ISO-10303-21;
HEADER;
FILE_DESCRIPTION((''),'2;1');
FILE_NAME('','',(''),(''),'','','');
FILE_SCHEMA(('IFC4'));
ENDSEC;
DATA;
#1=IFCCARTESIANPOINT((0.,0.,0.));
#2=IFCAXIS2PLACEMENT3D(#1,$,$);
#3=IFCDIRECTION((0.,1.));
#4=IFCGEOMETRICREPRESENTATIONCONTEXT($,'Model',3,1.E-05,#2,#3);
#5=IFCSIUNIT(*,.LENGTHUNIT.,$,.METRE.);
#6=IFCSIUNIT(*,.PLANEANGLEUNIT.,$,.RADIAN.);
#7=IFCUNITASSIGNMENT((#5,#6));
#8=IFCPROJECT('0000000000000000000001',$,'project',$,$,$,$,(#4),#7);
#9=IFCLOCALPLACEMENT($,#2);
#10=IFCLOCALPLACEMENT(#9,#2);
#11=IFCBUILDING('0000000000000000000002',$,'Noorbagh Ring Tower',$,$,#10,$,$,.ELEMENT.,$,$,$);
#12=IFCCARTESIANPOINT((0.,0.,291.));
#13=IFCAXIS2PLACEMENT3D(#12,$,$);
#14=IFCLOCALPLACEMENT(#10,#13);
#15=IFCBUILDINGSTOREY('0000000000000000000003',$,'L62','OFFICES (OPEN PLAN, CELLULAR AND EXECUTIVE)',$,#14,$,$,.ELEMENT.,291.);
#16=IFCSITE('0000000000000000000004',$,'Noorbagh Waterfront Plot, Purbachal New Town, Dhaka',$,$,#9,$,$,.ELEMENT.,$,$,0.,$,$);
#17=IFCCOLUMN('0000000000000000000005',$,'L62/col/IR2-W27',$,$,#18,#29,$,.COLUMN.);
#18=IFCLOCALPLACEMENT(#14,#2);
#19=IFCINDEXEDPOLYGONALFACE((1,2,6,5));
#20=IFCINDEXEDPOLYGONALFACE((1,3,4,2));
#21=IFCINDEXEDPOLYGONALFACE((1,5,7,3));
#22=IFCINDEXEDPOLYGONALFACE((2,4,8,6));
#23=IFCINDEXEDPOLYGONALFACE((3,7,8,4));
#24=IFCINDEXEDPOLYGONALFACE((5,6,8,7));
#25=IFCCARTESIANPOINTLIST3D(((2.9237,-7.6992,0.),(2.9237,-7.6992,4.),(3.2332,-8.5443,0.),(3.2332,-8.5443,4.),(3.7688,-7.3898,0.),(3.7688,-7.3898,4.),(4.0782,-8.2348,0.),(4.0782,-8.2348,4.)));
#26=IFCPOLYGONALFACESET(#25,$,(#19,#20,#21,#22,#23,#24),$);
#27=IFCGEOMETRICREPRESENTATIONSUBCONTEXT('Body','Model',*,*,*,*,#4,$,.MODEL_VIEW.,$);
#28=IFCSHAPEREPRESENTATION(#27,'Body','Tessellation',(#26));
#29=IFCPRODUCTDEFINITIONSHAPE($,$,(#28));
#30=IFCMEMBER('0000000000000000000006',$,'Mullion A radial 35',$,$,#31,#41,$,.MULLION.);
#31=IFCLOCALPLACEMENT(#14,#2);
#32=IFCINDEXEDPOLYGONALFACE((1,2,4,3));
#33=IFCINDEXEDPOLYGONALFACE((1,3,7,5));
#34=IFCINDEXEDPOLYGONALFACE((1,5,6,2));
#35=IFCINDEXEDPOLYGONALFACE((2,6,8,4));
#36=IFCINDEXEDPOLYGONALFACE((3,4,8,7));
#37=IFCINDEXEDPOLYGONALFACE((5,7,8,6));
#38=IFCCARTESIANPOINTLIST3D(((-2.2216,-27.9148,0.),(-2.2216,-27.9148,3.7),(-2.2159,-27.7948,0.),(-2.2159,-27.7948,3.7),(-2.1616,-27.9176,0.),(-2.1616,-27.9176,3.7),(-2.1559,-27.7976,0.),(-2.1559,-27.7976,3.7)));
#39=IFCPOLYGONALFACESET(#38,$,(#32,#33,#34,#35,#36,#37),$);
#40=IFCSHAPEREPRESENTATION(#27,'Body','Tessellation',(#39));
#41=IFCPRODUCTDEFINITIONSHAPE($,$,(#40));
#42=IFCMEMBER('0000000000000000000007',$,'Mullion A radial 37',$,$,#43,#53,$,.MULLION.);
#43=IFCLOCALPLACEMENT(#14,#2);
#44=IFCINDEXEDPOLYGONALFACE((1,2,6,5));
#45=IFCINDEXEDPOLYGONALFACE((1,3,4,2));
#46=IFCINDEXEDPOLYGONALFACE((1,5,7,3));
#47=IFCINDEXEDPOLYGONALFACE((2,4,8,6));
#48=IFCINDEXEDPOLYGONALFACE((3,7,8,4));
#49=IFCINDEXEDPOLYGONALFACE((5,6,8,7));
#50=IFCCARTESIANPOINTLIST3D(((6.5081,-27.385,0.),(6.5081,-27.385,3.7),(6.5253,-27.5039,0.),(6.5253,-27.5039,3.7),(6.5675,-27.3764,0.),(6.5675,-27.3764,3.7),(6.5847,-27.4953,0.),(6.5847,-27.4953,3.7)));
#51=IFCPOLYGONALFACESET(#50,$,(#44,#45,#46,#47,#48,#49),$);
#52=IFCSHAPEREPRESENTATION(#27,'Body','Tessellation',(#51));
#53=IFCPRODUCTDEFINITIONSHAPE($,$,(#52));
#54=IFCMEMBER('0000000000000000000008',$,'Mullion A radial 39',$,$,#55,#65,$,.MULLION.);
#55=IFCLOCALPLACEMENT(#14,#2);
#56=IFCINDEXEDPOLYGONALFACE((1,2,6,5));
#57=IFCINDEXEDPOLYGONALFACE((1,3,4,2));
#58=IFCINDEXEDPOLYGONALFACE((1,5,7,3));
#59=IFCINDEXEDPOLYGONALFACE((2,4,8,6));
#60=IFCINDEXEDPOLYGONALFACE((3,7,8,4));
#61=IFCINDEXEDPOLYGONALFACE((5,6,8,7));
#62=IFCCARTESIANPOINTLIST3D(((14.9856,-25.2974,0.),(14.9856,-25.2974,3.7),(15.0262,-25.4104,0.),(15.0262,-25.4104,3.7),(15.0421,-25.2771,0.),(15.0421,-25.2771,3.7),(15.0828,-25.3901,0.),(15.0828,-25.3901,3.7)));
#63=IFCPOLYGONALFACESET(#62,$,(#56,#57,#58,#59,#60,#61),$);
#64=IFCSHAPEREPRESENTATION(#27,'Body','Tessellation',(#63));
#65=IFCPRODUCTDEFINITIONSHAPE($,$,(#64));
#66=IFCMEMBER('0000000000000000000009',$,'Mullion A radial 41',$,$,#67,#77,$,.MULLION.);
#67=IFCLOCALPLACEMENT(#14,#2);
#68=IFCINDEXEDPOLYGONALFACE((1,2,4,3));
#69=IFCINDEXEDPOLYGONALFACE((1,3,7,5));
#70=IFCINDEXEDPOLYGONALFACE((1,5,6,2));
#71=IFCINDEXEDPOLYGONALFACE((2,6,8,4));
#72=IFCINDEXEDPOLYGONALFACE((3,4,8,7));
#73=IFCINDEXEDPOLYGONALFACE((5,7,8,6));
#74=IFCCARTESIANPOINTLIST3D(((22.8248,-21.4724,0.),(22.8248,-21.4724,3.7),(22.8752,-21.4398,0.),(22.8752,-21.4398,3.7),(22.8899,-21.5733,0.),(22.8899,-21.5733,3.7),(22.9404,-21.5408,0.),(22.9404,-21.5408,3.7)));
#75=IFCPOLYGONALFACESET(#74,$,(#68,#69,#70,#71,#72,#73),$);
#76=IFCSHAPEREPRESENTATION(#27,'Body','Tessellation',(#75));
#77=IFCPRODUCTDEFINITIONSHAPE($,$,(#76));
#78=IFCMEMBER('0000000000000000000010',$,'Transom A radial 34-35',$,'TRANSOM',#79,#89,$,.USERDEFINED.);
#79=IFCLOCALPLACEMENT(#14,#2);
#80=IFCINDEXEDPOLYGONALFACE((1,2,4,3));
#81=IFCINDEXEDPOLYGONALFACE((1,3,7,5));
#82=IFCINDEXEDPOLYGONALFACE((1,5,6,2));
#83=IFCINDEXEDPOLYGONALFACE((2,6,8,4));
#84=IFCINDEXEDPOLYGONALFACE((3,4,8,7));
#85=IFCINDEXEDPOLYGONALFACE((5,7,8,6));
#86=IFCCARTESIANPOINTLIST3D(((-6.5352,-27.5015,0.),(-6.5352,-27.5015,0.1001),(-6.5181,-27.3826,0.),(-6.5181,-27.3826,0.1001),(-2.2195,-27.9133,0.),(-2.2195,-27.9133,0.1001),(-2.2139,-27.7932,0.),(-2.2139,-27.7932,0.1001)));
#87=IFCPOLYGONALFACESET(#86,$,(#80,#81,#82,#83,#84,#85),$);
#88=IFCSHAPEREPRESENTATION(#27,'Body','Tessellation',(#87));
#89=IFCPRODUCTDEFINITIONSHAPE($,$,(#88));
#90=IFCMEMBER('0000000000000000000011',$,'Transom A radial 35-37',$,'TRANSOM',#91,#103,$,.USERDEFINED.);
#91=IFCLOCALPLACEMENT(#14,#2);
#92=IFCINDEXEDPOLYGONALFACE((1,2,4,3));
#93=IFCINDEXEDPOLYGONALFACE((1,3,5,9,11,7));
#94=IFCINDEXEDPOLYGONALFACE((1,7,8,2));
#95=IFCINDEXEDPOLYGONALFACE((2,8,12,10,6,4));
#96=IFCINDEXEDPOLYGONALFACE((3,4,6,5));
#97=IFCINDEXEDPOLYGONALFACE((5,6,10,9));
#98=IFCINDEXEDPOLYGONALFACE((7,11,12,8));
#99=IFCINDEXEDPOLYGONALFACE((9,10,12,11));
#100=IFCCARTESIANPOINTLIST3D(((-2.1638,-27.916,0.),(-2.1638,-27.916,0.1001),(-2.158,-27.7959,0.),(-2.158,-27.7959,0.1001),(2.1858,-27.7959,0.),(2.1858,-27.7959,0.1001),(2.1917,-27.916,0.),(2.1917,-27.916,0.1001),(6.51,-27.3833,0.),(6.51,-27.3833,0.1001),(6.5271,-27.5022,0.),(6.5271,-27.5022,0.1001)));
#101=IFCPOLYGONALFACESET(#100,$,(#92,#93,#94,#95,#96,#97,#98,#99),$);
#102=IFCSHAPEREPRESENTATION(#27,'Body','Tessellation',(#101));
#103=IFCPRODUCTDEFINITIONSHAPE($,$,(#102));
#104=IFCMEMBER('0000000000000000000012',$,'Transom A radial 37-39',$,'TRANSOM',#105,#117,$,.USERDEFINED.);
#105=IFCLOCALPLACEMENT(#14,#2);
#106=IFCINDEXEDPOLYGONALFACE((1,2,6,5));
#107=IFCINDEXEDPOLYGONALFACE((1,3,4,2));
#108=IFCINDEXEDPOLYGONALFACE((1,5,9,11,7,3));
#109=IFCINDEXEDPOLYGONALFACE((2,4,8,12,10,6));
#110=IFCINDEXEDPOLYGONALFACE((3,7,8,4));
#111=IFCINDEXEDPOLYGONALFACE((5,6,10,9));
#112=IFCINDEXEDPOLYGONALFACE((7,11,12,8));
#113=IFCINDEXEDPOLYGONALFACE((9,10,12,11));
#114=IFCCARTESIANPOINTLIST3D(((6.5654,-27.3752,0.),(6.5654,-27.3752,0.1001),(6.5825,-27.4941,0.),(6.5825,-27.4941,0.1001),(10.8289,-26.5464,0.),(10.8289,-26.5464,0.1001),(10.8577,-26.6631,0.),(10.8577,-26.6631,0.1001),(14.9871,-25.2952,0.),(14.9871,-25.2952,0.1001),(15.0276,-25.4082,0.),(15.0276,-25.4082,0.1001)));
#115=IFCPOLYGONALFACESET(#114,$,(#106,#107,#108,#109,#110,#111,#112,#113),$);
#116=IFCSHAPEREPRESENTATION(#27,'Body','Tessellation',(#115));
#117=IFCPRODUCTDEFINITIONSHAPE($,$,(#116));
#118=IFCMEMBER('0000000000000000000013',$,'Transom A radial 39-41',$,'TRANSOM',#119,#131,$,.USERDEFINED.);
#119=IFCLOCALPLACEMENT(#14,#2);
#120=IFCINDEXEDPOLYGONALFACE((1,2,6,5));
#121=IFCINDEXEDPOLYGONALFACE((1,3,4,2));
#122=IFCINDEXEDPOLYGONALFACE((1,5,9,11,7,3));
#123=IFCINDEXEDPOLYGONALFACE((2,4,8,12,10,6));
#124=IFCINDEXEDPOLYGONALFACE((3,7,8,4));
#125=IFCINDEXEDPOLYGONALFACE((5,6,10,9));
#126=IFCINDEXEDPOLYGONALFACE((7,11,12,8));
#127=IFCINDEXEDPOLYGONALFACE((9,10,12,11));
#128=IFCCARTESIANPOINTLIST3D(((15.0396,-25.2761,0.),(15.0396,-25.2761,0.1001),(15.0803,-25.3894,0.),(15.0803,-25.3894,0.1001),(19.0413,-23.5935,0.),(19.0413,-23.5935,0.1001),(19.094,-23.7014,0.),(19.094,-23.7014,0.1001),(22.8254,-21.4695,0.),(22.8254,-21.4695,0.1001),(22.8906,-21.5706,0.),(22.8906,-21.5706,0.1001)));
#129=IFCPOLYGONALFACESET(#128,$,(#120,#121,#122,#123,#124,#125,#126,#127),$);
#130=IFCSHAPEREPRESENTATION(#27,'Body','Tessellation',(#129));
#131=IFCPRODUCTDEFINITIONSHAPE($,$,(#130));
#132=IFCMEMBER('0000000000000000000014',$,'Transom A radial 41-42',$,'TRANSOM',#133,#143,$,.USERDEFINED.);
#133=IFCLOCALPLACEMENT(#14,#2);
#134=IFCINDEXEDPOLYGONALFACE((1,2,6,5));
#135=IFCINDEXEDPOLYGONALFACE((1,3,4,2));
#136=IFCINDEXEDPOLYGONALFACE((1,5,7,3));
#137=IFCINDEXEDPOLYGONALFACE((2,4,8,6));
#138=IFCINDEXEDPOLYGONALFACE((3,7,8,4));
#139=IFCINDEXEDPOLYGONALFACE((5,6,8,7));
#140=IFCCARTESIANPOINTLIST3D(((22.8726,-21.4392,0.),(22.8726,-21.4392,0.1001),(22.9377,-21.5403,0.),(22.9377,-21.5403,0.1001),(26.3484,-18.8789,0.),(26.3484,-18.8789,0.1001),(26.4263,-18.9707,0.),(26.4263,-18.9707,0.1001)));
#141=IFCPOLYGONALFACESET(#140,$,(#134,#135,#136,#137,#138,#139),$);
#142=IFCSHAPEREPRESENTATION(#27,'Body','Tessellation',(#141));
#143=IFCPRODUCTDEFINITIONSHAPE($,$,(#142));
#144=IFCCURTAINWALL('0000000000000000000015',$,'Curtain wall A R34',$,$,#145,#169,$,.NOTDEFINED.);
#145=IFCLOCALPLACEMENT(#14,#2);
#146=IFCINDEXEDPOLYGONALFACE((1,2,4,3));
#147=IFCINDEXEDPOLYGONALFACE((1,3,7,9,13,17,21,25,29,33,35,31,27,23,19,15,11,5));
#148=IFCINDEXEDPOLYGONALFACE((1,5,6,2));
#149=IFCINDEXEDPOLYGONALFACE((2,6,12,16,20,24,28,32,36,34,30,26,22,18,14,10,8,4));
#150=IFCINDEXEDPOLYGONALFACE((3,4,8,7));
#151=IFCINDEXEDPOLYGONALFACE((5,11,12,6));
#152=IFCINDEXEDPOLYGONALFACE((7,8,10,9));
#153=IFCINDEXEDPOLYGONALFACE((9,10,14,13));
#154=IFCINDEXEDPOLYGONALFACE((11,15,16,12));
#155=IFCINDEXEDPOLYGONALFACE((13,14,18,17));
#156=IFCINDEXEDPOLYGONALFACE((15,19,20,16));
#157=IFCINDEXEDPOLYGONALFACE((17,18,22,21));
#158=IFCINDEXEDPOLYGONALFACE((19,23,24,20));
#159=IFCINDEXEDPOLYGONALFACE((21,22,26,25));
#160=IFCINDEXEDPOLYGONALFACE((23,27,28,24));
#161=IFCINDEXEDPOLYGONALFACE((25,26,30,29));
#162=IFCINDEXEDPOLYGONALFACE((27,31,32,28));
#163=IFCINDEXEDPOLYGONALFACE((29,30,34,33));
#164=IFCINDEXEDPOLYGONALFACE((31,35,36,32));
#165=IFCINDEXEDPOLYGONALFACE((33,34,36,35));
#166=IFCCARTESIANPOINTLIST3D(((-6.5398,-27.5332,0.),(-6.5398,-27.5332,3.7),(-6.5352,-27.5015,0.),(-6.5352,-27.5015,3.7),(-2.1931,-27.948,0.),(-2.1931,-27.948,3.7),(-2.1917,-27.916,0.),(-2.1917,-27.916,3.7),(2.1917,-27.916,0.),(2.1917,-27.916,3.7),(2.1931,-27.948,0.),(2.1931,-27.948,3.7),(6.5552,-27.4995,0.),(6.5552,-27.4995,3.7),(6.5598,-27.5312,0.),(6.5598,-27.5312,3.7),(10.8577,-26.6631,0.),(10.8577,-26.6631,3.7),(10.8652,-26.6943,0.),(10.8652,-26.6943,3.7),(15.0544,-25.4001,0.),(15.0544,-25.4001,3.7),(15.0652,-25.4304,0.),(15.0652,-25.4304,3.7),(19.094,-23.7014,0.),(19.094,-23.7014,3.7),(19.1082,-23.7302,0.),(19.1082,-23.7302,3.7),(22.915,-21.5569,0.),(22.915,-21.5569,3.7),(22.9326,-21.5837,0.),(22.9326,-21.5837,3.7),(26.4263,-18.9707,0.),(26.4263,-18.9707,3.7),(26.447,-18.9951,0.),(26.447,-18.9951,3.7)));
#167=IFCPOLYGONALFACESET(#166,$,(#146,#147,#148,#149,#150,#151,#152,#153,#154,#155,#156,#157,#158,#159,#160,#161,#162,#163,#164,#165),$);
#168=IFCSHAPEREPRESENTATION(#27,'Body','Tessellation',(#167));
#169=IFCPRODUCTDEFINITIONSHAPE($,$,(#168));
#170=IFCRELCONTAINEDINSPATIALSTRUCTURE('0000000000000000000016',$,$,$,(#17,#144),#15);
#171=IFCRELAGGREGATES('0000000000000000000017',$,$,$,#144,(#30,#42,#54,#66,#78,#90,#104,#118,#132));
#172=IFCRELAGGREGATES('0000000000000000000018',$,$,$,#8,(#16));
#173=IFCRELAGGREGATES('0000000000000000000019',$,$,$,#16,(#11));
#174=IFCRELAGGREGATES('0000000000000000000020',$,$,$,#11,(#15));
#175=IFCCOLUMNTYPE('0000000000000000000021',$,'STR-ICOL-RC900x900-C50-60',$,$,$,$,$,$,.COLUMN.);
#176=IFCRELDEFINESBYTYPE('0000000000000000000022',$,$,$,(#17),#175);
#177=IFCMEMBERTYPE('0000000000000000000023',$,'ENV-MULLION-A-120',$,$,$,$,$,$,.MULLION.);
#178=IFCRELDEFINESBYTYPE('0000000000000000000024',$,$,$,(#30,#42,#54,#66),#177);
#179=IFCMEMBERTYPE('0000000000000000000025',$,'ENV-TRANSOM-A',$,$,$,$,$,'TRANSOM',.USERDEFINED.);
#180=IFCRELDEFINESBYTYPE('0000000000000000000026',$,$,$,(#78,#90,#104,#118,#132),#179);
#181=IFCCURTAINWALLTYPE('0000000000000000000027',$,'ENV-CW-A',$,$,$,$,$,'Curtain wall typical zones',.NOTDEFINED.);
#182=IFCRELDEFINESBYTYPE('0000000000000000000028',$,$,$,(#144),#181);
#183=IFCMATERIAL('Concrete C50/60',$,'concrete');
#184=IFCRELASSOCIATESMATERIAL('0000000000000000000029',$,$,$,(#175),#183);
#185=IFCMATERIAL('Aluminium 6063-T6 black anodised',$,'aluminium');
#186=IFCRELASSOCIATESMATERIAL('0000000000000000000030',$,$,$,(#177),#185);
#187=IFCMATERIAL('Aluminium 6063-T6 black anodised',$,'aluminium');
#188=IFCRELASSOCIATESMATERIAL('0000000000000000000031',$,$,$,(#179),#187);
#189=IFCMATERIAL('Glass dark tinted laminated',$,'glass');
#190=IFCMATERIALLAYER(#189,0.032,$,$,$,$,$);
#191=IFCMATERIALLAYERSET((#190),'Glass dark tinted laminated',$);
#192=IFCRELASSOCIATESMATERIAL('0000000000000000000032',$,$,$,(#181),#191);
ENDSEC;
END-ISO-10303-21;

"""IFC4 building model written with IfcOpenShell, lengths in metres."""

from ifc_helpers import new_model, si_unit, direction, frame, origin, origin_2d, place, context, subcontext, project, spatial, polyline, rectangle, outline, extrude, material, layer, layer_set, material_profile, profile_set, type_object, element, aggregate, save


model = new_model("IFC4")

# Units and contexts
model_context = context("Model", 3, precision=1e-05, world=origin(), true_north=direction((0.0, 1.0)))
body_context = subcontext(model_context, "Body", "Model", "MODEL_VIEW")
ifc_project = project(units=[si_unit("LENGTHUNIT", "METRE"), si_unit("PLANEANGLEUNIT", "RADIAN")], contexts=[model_context])

# Site, building, storey
site_placement = place(None, origin())
site = spatial("IfcSite", under=ifc_project, at=site_placement, Name="Noorbagh Waterfront Plot, Purbachal New Town, Dhaka", CompositionType="ELEMENT", RefElevation=0.0)
building_placement = place(site_placement, origin())
building = spatial("IfcBuilding", under=site, at=building_placement, Name="Noorbagh Ring Tower", CompositionType="ELEMENT")
storey_placement = place(building_placement, frame((0.0, 0.0, 291.0)))
storey = spatial("IfcBuildingStorey", under=building, at=storey_placement, Name="L62", Description="OFFICES (OPEN PLAN, CELLULAR AND EXECUTIVE)", CompositionType="ELEMENT", Elevation=291.0)

# Column
ifc_material_1 = material(Name="Concrete C50/60", Category="concrete")
ifc_material_profile_1 = material_profile(ifc_material_1, rectangle(XDim=0.8999, YDim=0.8999, at=origin_2d()), Name="RC900x900")
ifc_profile_set_1 = profile_set([ifc_material_profile_1], Name="Concrete C50/60")
column_type = type_object("IfcColumnType", Name="STR-ICOL-RC900x900-C50-60", PredefinedType="COLUMN", material=ifc_profile_set_1)
column_placement = place(storey_placement, frame((3.501, -7.967, 0.0), z_axis=(0.0, 0.0, 1.0), x_axis=(0.93902, 0.343864, 0.0)))
element("IfcColumn", 1, at=column_placement, inside=storey, type_object=column_type, Name="L62/col/IR2-W27", PredefinedType="COLUMN", context=body_context, shape_type="SweptSolid", body=[
    extrude(rectangle(XDim=0.8999, YDim=0.8999, at=origin_2d()), origin(), (0.0, 0.0, 1.0), 4.0),
])

# Members
ifc_material_2 = material(Name="Aluminium 6063-T6 black anodised", Category="aluminium")
ifc_material_profile_2 = material_profile(ifc_material_2, rectangle(XDim=0.1201, YDim=0.0601, at=origin_2d()), Name="120x60")
ifc_profile_set_2 = profile_set([ifc_material_profile_2], Name="Aluminium 6063-T6 black anodised")
member_type_1 = type_object("IfcMemberType", Name="ENV-MULLION-A-120", PredefinedType="MULLION", material=ifc_profile_set_2)
member_1_placement = place(storey_placement, frame((-2.1887, -27.8562, 0.0), z_axis=(0.0, 0.0, 1.0), x_axis=(0.047558, 0.998868, 0.0)))
member_1 = element("IfcMember", 2, at=member_1_placement, type_object=member_type_1, Name="Mullion A radial 35", PredefinedType="MULLION", context=body_context, shape_type="SweptSolid", body=[
    extrude(rectangle(XDim=0.1201, YDim=0.0601, at=origin_2d()), origin(), (0.0, 0.0, 1.0), 3.7),
])
member_2_placement = place(storey_placement, frame((6.5464, -27.4402, 0.0), z_axis=(0.0, 0.0, 1.0), x_axis=(-0.143082, 0.989711, 0.0)))
member_2 = element("IfcMember", 3, at=member_2_placement, type_object=member_type_1, Name="Mullion A radial 37", PredefinedType="MULLION", context=body_context, shape_type="SweptSolid", body=[
    extrude(rectangle(XDim=0.1201, YDim=0.0601, at=origin_2d()), origin(), (0.0, 0.0, 1.0), 3.7),
])
member_3_placement = place(storey_placement, frame((15.0342, -25.3438, 0.0), z_axis=(0.0, 0.0, 1.0), x_axis=(-0.338379, 0.94101, 0.0)))
member_3 = element("IfcMember", 4, at=member_3_placement, type_object=member_type_1, Name="Mullion A radial 39", PredefinedType="MULLION", context=body_context, shape_type="SweptSolid", body=[
    extrude(rectangle(XDim=0.1201, YDim=0.0601, at=origin_2d()), origin(), (0.0, 0.0, 1.0), 3.7),
])
member_4_placement = place(storey_placement, frame((22.8826, -21.5066, 0.0), z_axis=(0.0, 0.0, 1.0), x_axis=(-0.542279, 0.840198, 0.0)))
member_4 = element("IfcMember", 5, at=member_4_placement, type_object=member_type_1, Name="Mullion A radial 41", PredefinedType="MULLION", context=body_context, shape_type="SweptSolid", body=[
    extrude(rectangle(XDim=0.1201, YDim=0.0601, at=origin_2d()), origin(), (0.0, 0.0, 1.0), 3.7),
])
ifc_material_3 = material(Name="Aluminium 6063-T6 black anodised", Category="aluminium")
member_type_2 = type_object("IfcMemberType", Name="ENV-TRANSOM-A", ElementType="TRANSOM", PredefinedType="USERDEFINED", material=ifc_material_3)
member_5_placement = place(storey_placement, origin())
member_5 = element("IfcMember", 6, at=member_5_placement, type_object=member_type_2, Name="Transom A radial 34-35", ObjectType="TRANSOM", PredefinedType="USERDEFINED", context=body_context, shape_type="SweptSolid", body=[
    extrude(outline(polyline([(-6.5352, -27.5015), (-2.2195, -27.9133), (-2.2139, -27.7932), (-6.5181, -27.3826), (-6.5352, -27.5015)])), origin(), (0.0, 0.0, 1.0), 0.1001),
])
member_6_placement = place(storey_placement, origin())
member_6 = element("IfcMember", 7, at=member_6_placement, type_object=member_type_2, Name="Transom A radial 35-37", ObjectType="TRANSOM", PredefinedType="USERDEFINED", context=body_context, shape_type="SweptSolid", body=[
    extrude(outline(polyline([(-2.1638, -27.916), (2.1917, -27.916), (6.5271, -27.5022), (6.51, -27.3833), (2.1858, -27.7959), (-2.158, -27.7959), (-2.1638, -27.916)])), origin(), (0.0, 0.0, 1.0), 0.1001),
])
member_7_placement = place(storey_placement, origin())
member_7 = element("IfcMember", 8, at=member_7_placement, type_object=member_type_2, Name="Transom A radial 37-39", ObjectType="TRANSOM", PredefinedType="USERDEFINED", context=body_context, shape_type="SweptSolid", body=[
    extrude(outline(polyline([(6.5825, -27.4941), (10.8577, -26.6631), (15.0276, -25.4082), (14.9871, -25.2952), (10.8289, -26.5464), (6.5654, -27.3752), (6.5825, -27.4941)])), origin(), (0.0, 0.0, 1.0), 0.1001),
])
member_8_placement = place(storey_placement, origin())
member_8 = element("IfcMember", 9, at=member_8_placement, type_object=member_type_2, Name="Transom A radial 39-41", ObjectType="TRANSOM", PredefinedType="USERDEFINED", context=body_context, shape_type="SweptSolid", body=[
    extrude(outline(polyline([(15.0803, -25.3894), (19.094, -23.7014), (22.8906, -21.5706), (22.8254, -21.4695), (19.0413, -23.5935), (15.0396, -25.2761), (15.0803, -25.3894)])), origin(), (0.0, 0.0, 1.0), 0.1001),
])
member_9_placement = place(storey_placement, origin())
member_9 = element("IfcMember", 10, at=member_9_placement, type_object=member_type_2, Name="Transom A radial 41-42", ObjectType="TRANSOM", PredefinedType="USERDEFINED", context=body_context, shape_type="SweptSolid", body=[
    extrude(outline(polyline([(22.9377, -21.5403), (26.4263, -18.9707), (26.3484, -18.8789), (22.8726, -21.4392), (22.9377, -21.5403)])), origin(), (0.0, 0.0, 1.0), 0.1001),
])

# Curtain wall
ifc_material_4 = material(Name="Glass dark tinted laminated", Category="glass")
ifc_layer_1 = layer(ifc_material_4, 0.032)
ifc_layer_set_1 = layer_set([ifc_layer_1], Name="Glass dark tinted laminated")
curtain_wall_type_1 = type_object("IfcCurtainWallType", Name="ENV-CW-A", ElementType="Curtain wall typical zones", PredefinedType="NOTDEFINED", material=ifc_layer_set_1)
curtain_wall_1_placement = place(storey_placement, origin())
curtain_wall_1 = element("IfcCurtainWall", 11, at=curtain_wall_1_placement, inside=storey, type_object=curtain_wall_type_1, Name="Curtain wall A R34", PredefinedType="NOTDEFINED", context=body_context, shape_type="SweptSolid", body=[
    extrude(outline(polyline([(-6.5398, -27.5332), (-2.1931, -27.948), (2.1931, -27.948), (6.5598, -27.5312), (10.8652, -26.6943), (15.0652, -25.4304), (19.1082, -23.7302), (22.9326, -21.5837), (26.447, -18.9951), (26.4263, -18.9707), (22.915, -21.5569), (19.094, -23.7014), (15.0544, -25.4001), (10.8577, -26.6631), (6.5552, -27.4995), (2.1917, -27.916), (-2.1917, -27.916), (-6.5352, -27.5015), (-6.5398, -27.5332)])), origin(), (0.0, 0.0, 1.0), 3.7),
])
aggregate(curtain_wall_1, [member_1, member_2, member_3, member_4, member_5, member_6, member_7, member_8, member_9])

save(model, "model.ifc")
